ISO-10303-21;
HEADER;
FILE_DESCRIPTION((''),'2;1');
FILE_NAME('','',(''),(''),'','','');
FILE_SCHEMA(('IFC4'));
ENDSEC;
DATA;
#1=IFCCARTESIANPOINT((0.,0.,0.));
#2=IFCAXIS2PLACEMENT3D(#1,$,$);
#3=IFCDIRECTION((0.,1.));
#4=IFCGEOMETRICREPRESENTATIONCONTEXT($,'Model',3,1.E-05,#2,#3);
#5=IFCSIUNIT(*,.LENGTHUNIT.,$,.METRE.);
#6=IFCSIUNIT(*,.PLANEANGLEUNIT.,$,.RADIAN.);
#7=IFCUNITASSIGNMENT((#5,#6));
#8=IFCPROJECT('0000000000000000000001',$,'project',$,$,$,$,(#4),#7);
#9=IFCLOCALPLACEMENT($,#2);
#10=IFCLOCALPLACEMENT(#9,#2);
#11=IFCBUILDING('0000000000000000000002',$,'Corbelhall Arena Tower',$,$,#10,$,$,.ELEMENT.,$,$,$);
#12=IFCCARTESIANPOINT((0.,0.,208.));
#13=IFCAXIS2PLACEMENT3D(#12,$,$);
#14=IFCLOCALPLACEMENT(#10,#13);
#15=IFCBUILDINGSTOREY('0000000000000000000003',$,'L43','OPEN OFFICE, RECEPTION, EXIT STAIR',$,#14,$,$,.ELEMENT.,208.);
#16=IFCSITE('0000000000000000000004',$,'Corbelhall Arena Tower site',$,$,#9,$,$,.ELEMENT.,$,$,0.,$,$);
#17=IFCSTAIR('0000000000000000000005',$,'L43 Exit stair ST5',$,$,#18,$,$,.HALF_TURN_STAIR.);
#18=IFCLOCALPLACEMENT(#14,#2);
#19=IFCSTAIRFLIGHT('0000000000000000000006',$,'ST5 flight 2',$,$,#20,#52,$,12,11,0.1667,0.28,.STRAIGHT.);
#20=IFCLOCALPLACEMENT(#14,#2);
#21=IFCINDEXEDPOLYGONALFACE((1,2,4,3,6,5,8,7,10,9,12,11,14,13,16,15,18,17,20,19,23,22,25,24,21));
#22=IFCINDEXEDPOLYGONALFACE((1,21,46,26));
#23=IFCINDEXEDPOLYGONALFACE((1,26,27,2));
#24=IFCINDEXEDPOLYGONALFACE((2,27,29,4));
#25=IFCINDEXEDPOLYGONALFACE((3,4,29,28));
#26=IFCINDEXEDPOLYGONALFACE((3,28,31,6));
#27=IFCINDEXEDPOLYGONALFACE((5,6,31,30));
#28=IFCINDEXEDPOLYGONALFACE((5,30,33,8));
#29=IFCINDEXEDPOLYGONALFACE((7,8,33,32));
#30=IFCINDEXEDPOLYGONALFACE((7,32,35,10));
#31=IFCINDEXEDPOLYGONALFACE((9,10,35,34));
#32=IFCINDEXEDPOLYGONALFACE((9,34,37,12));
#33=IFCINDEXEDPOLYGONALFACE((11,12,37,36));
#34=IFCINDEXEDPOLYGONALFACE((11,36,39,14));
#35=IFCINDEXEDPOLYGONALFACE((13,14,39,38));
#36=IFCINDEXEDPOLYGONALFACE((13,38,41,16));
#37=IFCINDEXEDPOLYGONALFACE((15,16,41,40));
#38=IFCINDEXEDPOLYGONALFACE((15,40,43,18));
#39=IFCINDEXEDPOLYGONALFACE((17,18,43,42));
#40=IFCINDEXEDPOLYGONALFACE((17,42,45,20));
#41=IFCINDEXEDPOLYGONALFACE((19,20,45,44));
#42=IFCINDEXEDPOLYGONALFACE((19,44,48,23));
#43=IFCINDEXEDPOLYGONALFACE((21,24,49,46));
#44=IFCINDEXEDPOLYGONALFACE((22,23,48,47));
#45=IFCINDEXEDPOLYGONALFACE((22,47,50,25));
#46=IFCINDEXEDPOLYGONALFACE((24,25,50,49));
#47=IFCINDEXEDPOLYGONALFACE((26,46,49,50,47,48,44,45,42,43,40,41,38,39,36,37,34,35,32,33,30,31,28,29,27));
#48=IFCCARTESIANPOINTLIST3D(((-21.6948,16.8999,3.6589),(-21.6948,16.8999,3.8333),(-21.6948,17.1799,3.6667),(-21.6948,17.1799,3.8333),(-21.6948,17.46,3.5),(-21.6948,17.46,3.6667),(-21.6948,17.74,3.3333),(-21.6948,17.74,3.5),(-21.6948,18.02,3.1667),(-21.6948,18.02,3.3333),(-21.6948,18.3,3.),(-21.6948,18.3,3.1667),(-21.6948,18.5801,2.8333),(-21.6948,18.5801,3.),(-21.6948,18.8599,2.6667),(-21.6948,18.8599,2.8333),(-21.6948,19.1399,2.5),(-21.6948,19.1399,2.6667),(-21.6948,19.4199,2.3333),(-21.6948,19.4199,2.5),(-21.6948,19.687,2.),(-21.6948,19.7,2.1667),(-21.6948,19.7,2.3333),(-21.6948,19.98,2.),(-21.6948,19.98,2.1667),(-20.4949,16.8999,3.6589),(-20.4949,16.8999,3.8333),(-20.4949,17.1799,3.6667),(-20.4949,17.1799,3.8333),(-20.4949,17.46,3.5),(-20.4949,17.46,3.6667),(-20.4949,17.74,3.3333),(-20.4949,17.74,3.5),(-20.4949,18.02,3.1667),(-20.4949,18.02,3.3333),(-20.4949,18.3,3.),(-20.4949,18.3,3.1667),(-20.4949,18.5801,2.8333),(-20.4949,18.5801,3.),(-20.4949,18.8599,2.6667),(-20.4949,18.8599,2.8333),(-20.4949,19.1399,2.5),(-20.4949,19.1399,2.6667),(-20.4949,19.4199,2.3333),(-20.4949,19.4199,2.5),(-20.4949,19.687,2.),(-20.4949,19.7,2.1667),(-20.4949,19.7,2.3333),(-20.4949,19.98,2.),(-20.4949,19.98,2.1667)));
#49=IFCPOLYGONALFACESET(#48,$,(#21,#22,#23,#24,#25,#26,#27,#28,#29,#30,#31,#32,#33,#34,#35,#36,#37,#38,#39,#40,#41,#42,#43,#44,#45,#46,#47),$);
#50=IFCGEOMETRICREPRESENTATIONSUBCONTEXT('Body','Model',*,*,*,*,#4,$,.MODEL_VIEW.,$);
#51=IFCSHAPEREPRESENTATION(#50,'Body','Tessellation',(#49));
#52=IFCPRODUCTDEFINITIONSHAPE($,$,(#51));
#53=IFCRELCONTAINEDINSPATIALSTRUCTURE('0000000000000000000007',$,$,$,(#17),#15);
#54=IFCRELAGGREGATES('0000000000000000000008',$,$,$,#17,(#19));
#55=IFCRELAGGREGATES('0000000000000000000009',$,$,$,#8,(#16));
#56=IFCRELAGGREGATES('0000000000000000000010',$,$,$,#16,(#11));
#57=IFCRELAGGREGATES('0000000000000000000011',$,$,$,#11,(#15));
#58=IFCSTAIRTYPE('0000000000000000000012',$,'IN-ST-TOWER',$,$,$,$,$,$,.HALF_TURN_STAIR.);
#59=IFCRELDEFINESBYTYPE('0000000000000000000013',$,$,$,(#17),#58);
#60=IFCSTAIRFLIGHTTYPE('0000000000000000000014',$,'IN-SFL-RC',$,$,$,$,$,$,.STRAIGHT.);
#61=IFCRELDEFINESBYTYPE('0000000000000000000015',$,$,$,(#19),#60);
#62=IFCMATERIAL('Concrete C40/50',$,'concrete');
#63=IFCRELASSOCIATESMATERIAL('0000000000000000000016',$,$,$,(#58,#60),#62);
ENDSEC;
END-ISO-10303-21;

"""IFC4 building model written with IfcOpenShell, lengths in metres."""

from ifc_helpers import new_model, si_unit, direction, frame, origin, place, context, subcontext, project, spatial, polyline, outline, extrude, material, type_object, element, aggregate, save


model = new_model("IFC4")

# Units and contexts
model_context = context("Model", 3, precision=1e-05, world=origin(), true_north=direction((0.0, 1.0)))
body_context = subcontext(model_context, "Body", "Model", "MODEL_VIEW")
ifc_project = project(units=[si_unit("LENGTHUNIT", "METRE"), si_unit("PLANEANGLEUNIT", "RADIAN")], contexts=[model_context])

# Site, building, storey
site_placement = place(None, origin())
site = spatial("IfcSite", under=ifc_project, at=site_placement, Name="Corbelhall Arena Tower site", CompositionType="ELEMENT", RefElevation=0.0)
building_placement = place(site_placement, origin())
building = spatial("IfcBuilding", under=site, at=building_placement, Name="Corbelhall Arena Tower", CompositionType="ELEMENT")
storey_placement = place(building_placement, frame((0.0, 0.0, 208.0)))
storey = spatial("IfcBuildingStorey", under=building, at=storey_placement, Name="L43", Description="OPEN OFFICE, RECEPTION, EXIT STAIR", CompositionType="ELEMENT", Elevation=208.0)

# Shared definitions
ifc_material_1 = material(Name="Concrete C40/50", Category="concrete")

# Shared definitions
stair_type = type_object("IfcStairType", Name="IN-ST-TOWER", PredefinedType="HALF_TURN_STAIR", material=ifc_material_1)
stair_flight_type = type_object("IfcStairFlightType", Name="IN-SFL-RC", PredefinedType="STRAIGHT", material=ifc_material_1)

# Stair, stair flight
stair_1_placement = place(storey_placement, origin())
stair_1 = element("IfcStair", 1, at=stair_1_placement, inside=storey, type_object=stair_type, Name="L43 Exit stair ST5", PredefinedType="HALF_TURN_STAIR")
stair_flight_1_placement = place(storey_placement, frame((-21.095, 19.98, 2.0), z_axis=(0.0, 0.0, 1.0), x_axis=(0.0, -1.0, 0.0)))
stair_flight_1 = element("IfcStairFlight", 2, at=stair_flight_1_placement, type_object=stair_flight_type, Name="ST5 flight 2", NumberOfRisers=12, NumberOfTreads=11, PredefinedType="STRAIGHT", RiserHeight=0.1667, TreadLength=0.28, context=body_context, shape_type="SweptSolid", body=[
    extrude(outline(polyline([(0.0, 0.0), (0.0, 0.1667), (0.28, 0.1667), (0.28, 0.3333), (0.5601, 0.3333), (0.5601, 0.5), (0.8401, 0.5), (0.8401, 0.6667), (1.1201, 0.6667), (1.1201, 0.8333), (1.3999, 0.8333), (1.3999, 1.0), (1.6799, 1.0), (1.6799, 1.1667), (1.96, 1.1667), (1.96, 1.3333), (2.24, 1.3333), (2.24, 1.5), (2.52, 1.5), (2.52, 1.6667), (2.8, 1.6667), (2.8, 1.8333), (3.0801, 1.8333), (3.0801, 2.0), (3.0801, 1.6589), (0.293, 0.0), (0.0, 0.0)])), frame((0.0, 0.6001, 0.0), z_axis=(0.0, -1.0, 0.0), x_axis=(1.0, 0.0, 0.0)), (0.0, 0.0, 1.0), 1.2),
])
aggregate(stair_1, [stair_flight_1])

save(model, "model.ifc")
